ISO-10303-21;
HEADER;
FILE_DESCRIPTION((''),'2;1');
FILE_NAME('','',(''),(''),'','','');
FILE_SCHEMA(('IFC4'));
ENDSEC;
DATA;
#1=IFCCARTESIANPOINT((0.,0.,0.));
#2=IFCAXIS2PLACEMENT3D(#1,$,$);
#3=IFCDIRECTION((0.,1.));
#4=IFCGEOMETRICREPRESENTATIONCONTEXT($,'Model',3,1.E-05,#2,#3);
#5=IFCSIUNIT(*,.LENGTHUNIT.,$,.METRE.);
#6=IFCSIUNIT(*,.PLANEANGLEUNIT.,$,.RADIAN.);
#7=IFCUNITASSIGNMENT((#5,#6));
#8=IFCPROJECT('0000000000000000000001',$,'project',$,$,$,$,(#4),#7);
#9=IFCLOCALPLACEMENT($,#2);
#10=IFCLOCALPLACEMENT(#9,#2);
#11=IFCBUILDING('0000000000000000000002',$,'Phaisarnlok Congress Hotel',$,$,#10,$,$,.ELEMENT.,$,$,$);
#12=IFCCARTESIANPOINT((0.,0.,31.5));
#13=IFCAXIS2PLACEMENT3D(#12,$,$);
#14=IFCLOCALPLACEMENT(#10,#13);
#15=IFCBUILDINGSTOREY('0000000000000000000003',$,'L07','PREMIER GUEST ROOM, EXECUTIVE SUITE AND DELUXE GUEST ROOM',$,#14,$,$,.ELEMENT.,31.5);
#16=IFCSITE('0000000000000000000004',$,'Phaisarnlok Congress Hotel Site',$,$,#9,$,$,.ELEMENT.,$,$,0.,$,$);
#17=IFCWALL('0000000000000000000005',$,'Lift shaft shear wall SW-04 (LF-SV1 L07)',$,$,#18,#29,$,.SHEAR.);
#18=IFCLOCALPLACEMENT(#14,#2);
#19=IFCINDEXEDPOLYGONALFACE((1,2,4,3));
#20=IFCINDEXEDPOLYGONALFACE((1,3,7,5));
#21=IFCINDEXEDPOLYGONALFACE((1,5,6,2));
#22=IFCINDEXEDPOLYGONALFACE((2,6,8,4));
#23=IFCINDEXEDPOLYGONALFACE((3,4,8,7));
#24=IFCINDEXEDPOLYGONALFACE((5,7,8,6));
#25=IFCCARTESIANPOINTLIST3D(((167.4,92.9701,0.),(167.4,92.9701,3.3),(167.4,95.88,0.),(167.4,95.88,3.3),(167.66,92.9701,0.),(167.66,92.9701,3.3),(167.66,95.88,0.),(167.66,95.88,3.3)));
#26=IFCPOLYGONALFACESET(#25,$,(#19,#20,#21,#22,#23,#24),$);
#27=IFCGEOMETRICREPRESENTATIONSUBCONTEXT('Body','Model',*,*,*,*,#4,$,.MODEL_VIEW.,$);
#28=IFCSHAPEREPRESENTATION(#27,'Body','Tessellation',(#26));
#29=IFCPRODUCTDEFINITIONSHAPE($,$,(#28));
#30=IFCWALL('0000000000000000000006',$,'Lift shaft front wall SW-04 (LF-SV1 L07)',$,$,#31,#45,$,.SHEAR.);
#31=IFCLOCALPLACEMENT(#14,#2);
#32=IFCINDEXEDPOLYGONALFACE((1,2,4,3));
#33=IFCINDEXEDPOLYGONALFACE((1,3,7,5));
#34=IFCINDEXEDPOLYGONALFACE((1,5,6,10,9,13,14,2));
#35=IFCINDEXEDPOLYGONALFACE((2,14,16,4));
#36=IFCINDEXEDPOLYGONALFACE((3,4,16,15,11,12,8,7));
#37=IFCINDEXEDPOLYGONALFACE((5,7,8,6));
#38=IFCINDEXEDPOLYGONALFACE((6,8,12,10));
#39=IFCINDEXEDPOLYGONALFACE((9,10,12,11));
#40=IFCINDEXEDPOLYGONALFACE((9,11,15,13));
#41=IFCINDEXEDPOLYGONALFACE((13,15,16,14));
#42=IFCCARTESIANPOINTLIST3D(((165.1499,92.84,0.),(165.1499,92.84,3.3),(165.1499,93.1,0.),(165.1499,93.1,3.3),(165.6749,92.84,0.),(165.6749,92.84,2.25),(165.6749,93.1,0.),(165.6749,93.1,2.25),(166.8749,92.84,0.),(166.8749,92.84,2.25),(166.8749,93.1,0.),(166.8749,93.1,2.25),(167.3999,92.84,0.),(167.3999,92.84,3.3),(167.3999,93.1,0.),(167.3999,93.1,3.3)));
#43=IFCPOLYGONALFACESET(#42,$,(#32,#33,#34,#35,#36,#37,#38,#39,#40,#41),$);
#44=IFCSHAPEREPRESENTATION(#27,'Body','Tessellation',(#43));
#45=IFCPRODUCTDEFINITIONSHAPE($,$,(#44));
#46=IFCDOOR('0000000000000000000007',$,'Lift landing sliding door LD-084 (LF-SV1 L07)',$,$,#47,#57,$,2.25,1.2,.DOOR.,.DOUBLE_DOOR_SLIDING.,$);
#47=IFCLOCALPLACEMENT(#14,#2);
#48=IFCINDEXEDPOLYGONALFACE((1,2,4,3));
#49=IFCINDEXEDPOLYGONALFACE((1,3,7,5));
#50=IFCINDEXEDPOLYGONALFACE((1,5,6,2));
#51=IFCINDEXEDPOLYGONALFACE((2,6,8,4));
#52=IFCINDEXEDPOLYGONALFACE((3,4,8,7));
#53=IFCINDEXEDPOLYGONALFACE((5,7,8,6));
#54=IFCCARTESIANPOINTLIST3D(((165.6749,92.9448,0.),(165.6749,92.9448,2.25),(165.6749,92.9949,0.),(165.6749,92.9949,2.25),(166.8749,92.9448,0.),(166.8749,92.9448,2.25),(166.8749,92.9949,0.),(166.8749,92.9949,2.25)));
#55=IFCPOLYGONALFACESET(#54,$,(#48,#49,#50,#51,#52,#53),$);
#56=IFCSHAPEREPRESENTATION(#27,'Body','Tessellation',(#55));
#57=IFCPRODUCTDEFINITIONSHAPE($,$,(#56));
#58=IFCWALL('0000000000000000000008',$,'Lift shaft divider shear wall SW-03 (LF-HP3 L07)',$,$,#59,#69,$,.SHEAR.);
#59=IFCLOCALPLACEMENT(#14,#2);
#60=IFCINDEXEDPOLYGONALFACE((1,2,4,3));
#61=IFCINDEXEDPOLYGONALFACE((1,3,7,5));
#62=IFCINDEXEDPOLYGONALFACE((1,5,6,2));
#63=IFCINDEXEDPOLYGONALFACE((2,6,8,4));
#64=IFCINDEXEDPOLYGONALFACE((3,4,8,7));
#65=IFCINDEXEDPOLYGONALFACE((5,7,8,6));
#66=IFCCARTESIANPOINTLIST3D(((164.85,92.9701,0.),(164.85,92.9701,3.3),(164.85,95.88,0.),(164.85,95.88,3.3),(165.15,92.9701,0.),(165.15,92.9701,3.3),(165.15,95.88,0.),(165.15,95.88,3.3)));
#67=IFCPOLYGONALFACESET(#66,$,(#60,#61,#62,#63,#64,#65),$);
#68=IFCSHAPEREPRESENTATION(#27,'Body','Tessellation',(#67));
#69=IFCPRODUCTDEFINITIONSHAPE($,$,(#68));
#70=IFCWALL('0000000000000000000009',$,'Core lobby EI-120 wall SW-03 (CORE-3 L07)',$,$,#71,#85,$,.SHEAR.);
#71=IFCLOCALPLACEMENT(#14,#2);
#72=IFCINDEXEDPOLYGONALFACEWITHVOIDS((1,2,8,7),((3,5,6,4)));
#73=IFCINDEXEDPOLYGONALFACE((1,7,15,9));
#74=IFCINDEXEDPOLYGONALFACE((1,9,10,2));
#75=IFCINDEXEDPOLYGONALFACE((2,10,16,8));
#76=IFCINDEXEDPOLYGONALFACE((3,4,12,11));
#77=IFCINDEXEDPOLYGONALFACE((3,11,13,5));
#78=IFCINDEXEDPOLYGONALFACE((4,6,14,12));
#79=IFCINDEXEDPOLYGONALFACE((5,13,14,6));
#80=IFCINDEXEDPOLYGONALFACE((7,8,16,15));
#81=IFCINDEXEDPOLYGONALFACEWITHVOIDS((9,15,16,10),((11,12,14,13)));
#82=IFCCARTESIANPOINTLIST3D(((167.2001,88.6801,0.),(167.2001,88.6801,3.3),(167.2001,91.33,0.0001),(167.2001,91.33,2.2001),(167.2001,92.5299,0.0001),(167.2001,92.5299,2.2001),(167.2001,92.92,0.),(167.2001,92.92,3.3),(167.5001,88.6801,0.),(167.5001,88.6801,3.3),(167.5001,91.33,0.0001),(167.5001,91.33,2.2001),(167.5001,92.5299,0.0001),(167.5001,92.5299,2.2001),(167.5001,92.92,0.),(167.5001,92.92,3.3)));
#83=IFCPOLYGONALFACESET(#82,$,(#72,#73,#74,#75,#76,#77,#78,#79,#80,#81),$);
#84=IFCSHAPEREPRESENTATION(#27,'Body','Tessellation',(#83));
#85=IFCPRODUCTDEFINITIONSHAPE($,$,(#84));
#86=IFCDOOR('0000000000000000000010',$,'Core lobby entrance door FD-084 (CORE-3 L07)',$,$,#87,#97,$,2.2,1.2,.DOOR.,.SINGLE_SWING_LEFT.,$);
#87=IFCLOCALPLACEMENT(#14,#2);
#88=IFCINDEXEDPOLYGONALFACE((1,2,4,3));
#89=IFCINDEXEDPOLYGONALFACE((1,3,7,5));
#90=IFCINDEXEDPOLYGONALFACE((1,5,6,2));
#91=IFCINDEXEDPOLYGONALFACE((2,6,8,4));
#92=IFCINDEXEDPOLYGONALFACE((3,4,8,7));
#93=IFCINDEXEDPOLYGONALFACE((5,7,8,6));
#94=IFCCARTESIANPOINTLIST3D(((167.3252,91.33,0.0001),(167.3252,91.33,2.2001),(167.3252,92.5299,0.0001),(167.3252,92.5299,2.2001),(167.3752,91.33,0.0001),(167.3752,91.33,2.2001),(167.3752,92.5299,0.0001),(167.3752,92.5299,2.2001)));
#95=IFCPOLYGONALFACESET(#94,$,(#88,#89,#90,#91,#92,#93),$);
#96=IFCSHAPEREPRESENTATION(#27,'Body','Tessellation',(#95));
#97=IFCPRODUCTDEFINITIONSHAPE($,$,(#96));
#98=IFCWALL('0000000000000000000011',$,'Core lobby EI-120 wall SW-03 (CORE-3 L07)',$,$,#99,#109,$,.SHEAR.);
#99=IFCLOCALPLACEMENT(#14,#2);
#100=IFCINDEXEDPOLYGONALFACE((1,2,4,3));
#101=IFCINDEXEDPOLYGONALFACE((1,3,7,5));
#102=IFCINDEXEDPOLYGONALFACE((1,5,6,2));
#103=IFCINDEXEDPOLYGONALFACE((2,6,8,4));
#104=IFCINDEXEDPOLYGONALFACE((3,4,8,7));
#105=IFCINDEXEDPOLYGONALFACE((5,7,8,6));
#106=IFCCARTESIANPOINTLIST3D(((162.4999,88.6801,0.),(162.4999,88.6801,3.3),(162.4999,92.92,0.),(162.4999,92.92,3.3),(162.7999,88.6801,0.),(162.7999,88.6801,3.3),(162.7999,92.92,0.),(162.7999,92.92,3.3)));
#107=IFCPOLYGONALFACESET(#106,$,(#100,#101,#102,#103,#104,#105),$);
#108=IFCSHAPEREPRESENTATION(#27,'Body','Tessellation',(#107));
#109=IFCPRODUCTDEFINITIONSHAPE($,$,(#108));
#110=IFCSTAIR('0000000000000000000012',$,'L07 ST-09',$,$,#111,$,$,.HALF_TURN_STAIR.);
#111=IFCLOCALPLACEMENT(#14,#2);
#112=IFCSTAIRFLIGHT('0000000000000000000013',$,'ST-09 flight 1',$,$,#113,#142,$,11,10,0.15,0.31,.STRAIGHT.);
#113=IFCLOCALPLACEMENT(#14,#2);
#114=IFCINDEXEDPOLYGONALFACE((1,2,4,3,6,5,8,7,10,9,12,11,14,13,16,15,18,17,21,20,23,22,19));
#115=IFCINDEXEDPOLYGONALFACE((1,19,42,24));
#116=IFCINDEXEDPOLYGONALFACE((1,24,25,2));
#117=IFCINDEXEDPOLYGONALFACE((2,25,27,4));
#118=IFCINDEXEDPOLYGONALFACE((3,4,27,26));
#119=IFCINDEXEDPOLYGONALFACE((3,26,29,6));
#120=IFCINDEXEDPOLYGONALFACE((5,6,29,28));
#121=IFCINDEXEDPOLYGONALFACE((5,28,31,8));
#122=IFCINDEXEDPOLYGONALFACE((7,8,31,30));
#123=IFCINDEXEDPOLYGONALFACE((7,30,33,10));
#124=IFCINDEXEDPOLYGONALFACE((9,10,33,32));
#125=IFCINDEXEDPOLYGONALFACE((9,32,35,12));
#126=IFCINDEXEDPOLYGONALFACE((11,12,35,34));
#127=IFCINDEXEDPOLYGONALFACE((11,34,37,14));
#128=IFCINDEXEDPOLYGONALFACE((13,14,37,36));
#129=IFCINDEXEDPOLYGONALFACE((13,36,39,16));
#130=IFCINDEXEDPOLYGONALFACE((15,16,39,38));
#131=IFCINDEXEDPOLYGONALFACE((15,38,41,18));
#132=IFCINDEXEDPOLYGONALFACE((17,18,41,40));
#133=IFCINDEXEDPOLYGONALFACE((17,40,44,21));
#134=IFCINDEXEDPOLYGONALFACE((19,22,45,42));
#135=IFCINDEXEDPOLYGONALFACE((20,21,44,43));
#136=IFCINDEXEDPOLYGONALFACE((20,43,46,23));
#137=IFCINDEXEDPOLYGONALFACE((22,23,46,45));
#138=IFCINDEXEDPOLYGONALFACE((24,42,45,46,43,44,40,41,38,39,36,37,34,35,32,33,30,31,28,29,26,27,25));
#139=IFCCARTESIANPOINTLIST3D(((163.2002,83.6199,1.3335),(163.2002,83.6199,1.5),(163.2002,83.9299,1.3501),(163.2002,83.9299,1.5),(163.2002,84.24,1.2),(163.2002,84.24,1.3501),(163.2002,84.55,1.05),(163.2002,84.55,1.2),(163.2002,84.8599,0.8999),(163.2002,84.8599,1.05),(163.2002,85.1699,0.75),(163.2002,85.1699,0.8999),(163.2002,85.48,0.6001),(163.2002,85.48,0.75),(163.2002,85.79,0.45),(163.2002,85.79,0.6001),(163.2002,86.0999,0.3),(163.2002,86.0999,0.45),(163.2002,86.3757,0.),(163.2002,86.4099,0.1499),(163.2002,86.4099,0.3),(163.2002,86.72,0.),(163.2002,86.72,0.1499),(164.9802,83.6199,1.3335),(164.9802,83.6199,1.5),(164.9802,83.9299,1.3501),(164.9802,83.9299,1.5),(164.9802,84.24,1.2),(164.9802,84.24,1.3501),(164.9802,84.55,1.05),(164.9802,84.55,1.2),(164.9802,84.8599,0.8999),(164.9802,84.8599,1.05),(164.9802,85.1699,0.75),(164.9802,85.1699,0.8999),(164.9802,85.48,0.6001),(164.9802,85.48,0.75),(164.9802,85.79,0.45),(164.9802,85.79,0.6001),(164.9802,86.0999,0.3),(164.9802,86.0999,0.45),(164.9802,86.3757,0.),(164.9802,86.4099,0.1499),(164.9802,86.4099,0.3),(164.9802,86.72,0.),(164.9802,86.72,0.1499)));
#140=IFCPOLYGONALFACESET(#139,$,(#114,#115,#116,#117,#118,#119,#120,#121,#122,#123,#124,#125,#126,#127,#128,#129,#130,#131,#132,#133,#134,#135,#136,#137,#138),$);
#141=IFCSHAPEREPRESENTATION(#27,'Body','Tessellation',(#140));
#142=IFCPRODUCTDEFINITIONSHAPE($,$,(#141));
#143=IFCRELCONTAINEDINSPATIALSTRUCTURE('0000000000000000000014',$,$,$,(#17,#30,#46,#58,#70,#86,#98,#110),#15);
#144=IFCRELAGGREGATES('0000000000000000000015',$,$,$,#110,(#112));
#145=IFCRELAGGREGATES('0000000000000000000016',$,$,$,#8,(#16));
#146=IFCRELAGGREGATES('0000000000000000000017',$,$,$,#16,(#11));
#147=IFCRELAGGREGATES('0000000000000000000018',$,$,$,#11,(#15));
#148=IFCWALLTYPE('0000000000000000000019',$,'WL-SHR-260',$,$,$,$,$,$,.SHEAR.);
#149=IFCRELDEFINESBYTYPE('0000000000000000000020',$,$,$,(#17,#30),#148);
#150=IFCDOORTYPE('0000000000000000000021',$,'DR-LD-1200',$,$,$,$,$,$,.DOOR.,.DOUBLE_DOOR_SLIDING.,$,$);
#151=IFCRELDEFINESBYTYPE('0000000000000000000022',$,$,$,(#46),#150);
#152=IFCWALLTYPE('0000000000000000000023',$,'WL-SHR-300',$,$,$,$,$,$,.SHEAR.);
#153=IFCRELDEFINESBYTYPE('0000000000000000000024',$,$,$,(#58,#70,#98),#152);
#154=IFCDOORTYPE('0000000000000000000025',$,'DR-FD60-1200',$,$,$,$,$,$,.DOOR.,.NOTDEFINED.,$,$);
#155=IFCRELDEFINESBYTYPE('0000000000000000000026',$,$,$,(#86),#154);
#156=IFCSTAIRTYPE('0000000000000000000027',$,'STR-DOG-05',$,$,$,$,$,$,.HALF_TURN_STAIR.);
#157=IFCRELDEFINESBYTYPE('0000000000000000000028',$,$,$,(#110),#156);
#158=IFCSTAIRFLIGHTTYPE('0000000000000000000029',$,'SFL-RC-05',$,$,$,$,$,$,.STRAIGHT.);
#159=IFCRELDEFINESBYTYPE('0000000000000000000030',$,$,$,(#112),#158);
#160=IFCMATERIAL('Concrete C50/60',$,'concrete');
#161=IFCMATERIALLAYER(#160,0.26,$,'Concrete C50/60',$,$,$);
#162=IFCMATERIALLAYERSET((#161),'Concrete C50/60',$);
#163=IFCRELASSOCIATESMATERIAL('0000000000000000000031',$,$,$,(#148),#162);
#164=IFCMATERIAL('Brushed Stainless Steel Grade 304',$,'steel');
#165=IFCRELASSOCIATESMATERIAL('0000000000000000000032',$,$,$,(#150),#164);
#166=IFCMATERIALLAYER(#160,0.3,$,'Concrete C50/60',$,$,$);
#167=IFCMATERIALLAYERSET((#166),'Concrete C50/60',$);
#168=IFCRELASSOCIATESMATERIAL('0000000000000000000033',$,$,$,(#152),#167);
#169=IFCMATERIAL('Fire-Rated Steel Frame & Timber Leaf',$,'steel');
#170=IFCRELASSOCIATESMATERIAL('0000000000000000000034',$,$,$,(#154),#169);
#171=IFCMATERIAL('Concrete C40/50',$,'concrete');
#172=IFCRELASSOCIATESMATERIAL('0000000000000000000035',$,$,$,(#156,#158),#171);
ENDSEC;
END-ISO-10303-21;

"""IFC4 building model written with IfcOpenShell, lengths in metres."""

from ifc_helpers import new_model, si_unit, direction, frame, frame_2d, origin, place, context, subcontext, project, spatial, polyline, rectangle, outline, extrude, material, layer, layer_set, type_object, element, fill, aggregate, save


model = new_model("IFC4")

# Units and contexts
model_context = context("Model", 3, precision=1e-05, world=origin(), true_north=direction((0.0, 1.0)))
body_context = subcontext(model_context, "Body", "Model", "MODEL_VIEW")
ifc_project = project(units=[si_unit("LENGTHUNIT", "METRE"), si_unit("PLANEANGLEUNIT", "RADIAN")], contexts=[model_context])

# Site, building, storey
site_placement = place(None, origin())
site = spatial("IfcSite", under=ifc_project, at=site_placement, Name="Phaisarnlok Congress Hotel Site", CompositionType="ELEMENT", RefElevation=0.0)
building_placement = place(site_placement, origin())
building = spatial("IfcBuilding", under=site, at=building_placement, Name="Phaisarnlok Congress Hotel", CompositionType="ELEMENT")
storey_placement = place(building_placement, frame((0.0, 0.0, 31.5)))
storey = spatial("IfcBuildingStorey", under=building, at=storey_placement, Name="L07", Description="PREMIER GUEST ROOM, EXECUTIVE SUITE AND DELUXE GUEST ROOM", CompositionType="ELEMENT", Elevation=31.5)

# Shared definitions
ifc_material_1 = material(Name="Concrete C50/60", Category="concrete")

# Shared definitions
ifc_material_2 = material(Name="Concrete C40/50", Category="concrete")

# Shared definitions
ifc_layer_1 = layer(ifc_material_1, 0.26, Name="Concrete C50/60")
ifc_layer_set_1 = layer_set([ifc_layer_1], Name="Concrete C50/60")
wall_type_1 = type_object("IfcWallType", Name="WL-SHR-260", PredefinedType="SHEAR", material=ifc_layer_set_1)
ifc_material_3 = material(Name="Fire-Rated Steel Frame & Timber Leaf", Category="steel")

# Shared definitions
ifc_material_4 = material(Name="Brushed Stainless Steel Grade 304", Category="steel")

# Wall
wall_1_placement = place(storey_placement, frame((167.53, 92.97, 0.0), z_axis=(0.0, 0.0, 1.0), x_axis=(0.0, 1.0, 0.0)))
element("IfcWall", 1, at=wall_1_placement, inside=storey, type_object=wall_type_1, Name="Lift shaft shear wall SW-04 (LF-SV1 L07)", PredefinedType="SHEAR", context=body_context, shape_type="SweptSolid", body=[
    extrude(rectangle(XDim=2.9099, YDim=0.26, at=frame_2d((1.4551, 0.0))), origin(), (0.0, 0.0, 1.0), 3.3),
])

# Wall, opening, door
wall_2_placement = place(storey_placement, frame((165.1499, 92.97, 0.0), z_axis=(0.0, 0.0, 1.0), x_axis=(1.0, 0.0, 0.0)))
wall_2 = element("IfcWall", 2, at=wall_2_placement, inside=storey, type_object=wall_type_1, Name="Lift shaft front wall SW-04 (LF-SV1 L07)", PredefinedType="SHEAR", context=body_context, shape_type="SweptSolid", body=[
    extrude(rectangle(XDim=2.25, YDim=0.26, at=frame_2d((1.125, 0.0))), origin(), (0.0, 0.0, 1.0), 3.3),
])
opening_1_placement = place(wall_2_placement, frame((0.5249, 0.0, 0.0)))
opening_1 = element("IfcOpeningElement", 3, at=opening_1_placement, cuts=wall_2, PredefinedType="OPENING", context=body_context, shape_type="SweptSolid", body=[
    extrude(rectangle(XDim=1.2, YDim=2.25, at=frame_2d((0.6001, 1.125))), frame((0.0, 0.1401, 0.0), z_axis=(0.0, -1.0, 0.0), x_axis=(1.0, 0.0, 0.0)), (0.0, 0.0, 1.0), 0.28),
])
door_type_1 = type_object("IfcDoorType", Name="DR-LD-1200", OperationType="DOUBLE_DOOR_SLIDING", PredefinedType="DOOR", material=ifc_material_4)
door_1_placement = place(opening_1_placement, origin())
door_1 = element("IfcDoor", 4, at=door_1_placement, inside=storey, type_object=door_type_1, Name="Lift landing sliding door LD-084 (LF-SV1 L07)", OperationType="DOUBLE_DOOR_SLIDING", OverallHeight=2.25, OverallWidth=1.2, PredefinedType="DOOR", context=body_context, shape_type="SweptSolid", body=[
    extrude(rectangle(XDim=1.2, YDim=2.25, at=frame_2d((0.6001, 1.125))), frame((0.0, 0.0249, 0.0), z_axis=(0.0, -1.0, 0.0), x_axis=(1.0, 0.0, 0.0)), (0.0, 0.0, 1.0), 0.05),
])
fill(opening_1, door_1)

# Wall
ifc_layer_2 = layer(ifc_material_1, 0.3, Name="Concrete C50/60")
ifc_layer_set_2 = layer_set([ifc_layer_2], Name="Concrete C50/60")
wall_type_2 = type_object("IfcWallType", Name="WL-SHR-300", PredefinedType="SHEAR", material=ifc_layer_set_2)
wall_3_placement = place(storey_placement, frame((165.0, 92.97, 0.0), z_axis=(0.0, 0.0, 1.0), x_axis=(0.0, 1.0, 0.0)))
element("IfcWall", 5, at=wall_3_placement, inside=storey, type_object=wall_type_2, Name="Lift shaft divider shear wall SW-03 (LF-HP3 L07)", PredefinedType="SHEAR", context=body_context, shape_type="SweptSolid", body=[
    extrude(rectangle(XDim=2.9099, YDim=0.3, at=frame_2d((1.4551, 0.0))), origin(), (0.0, 0.0, 1.0), 3.3),
])

# Wall, opening, door
wall_4_placement = place(storey_placement, frame((167.3501, 88.6799, 0.0), z_axis=(0.0, 0.0, 1.0), x_axis=(0.0, 1.0, 0.0)))
wall_4 = element("IfcWall", 6, at=wall_4_placement, inside=storey, type_object=wall_type_2, Name="Core lobby EI-120 wall SW-03 (CORE-3 L07)", PredefinedType="SHEAR", context=body_context, shape_type="SweptSolid", body=[
    extrude(rectangle(XDim=4.24, YDim=0.3, at=frame_2d((2.1201, 0.0))), origin(), (0.0, 0.0, 1.0), 3.3),
])
opening_2_placement = place(wall_4_placement, frame((2.6499, 0.0, 0.0)))
opening_2 = element("IfcOpeningElement", 7, at=opening_2_placement, cuts=wall_4, PredefinedType="OPENING", context=body_context, shape_type="SweptSolid", body=[
    extrude(rectangle(XDim=1.2, YDim=2.2, at=frame_2d((0.6001, 1.1001))), frame((0.0, 0.1602, 0.0), z_axis=(0.0, -1.0, 0.0), x_axis=(1.0, 0.0, 0.0)), (0.0, 0.0, 1.0), 0.3201),
])
door_type_2 = type_object("IfcDoorType", Name="DR-FD60-1200", OperationType="NOTDEFINED", PredefinedType="DOOR", material=ifc_material_3)
door_2_placement = place(opening_2_placement, origin())
door_2 = element("IfcDoor", 8, at=door_2_placement, inside=storey, type_object=door_type_2, Name="Core lobby entrance door FD-084 (CORE-3 L07)", OperationType="SINGLE_SWING_LEFT", OverallHeight=2.2, OverallWidth=1.2, PredefinedType="DOOR", context=body_context, shape_type="SweptSolid", body=[
    extrude(rectangle(XDim=1.2, YDim=2.2, at=frame_2d((0.6001, 1.1001))), frame((0.0, 0.0249, 0.0), z_axis=(0.0, -1.0, 0.0), x_axis=(1.0, 0.0, 0.0)), (0.0, 0.0, 1.0), 0.05),
])
fill(opening_2, door_2)

# Wall
wall_5_placement = place(storey_placement, frame((162.6499, 88.6799, 0.0), z_axis=(0.0, 0.0, 1.0), x_axis=(0.0, 1.0, 0.0)))
element("IfcWall", 9, at=wall_5_placement, inside=storey, type_object=wall_type_2, Name="Core lobby EI-120 wall SW-03 (CORE-3 L07)", PredefinedType="SHEAR", context=body_context, shape_type="SweptSolid", body=[
    extrude(rectangle(XDim=4.24, YDim=0.3, at=frame_2d((2.1201, 0.0))), origin(), (0.0, 0.0, 1.0), 3.3),
])

# Stair, stair flight
stair_type = type_object("IfcStairType", Name="STR-DOG-05", PredefinedType="HALF_TURN_STAIR", material=ifc_material_2)
stair_placement = place(storey_placement, origin())
stair = element("IfcStair", 10, at=stair_placement, inside=storey, type_object=stair_type, Name="L07 ST-09", PredefinedType="HALF_TURN_STAIR")
stair_flight_type = type_object("IfcStairFlightType", Name="SFL-RC-05", PredefinedType="STRAIGHT", material=ifc_material_2)
stair_flight_placement = place(storey_placement, frame((164.0901, 86.72, 0.0), z_axis=(0.0, 0.0, 1.0), x_axis=(0.0, -1.0, 0.0)))
stair_flight = element("IfcStairFlight", 11, at=stair_flight_placement, type_object=stair_flight_type, Name="ST-09 flight 1", NumberOfRisers=11, NumberOfTreads=10, PredefinedType="STRAIGHT", RiserHeight=0.15, TreadLength=0.31, context=body_context, shape_type="SweptSolid", body=[
    extrude(outline(polyline([(0.0, 0.0), (0.0, 0.1499), (0.3101, 0.1499), (0.3101, 0.3), (0.6201, 0.3), (0.6201, 0.45), (0.9299, 0.45), (0.9299, 0.6001), (1.24, 0.6001), (1.24, 0.75), (1.55, 0.75), (1.55, 0.8999), (1.8601, 0.8999), (1.8601, 1.05), (2.1699, 1.05), (2.1699, 1.2), (2.48, 1.2), (2.48, 1.3501), (2.79, 1.3501), (2.79, 1.5), (3.1001, 1.5), (3.1001, 1.6499), (3.1001, 1.3335), (0.3442, 0.0), (0.0, 0.0)])), frame((0.0, 0.8901, 0.0), z_axis=(0.0, -1.0, 0.0), x_axis=(1.0, 0.0, 0.0)), (0.0, 0.0, 1.0), 1.78),
])
aggregate(stair, [stair_flight])

save(model, "model.ifc")
